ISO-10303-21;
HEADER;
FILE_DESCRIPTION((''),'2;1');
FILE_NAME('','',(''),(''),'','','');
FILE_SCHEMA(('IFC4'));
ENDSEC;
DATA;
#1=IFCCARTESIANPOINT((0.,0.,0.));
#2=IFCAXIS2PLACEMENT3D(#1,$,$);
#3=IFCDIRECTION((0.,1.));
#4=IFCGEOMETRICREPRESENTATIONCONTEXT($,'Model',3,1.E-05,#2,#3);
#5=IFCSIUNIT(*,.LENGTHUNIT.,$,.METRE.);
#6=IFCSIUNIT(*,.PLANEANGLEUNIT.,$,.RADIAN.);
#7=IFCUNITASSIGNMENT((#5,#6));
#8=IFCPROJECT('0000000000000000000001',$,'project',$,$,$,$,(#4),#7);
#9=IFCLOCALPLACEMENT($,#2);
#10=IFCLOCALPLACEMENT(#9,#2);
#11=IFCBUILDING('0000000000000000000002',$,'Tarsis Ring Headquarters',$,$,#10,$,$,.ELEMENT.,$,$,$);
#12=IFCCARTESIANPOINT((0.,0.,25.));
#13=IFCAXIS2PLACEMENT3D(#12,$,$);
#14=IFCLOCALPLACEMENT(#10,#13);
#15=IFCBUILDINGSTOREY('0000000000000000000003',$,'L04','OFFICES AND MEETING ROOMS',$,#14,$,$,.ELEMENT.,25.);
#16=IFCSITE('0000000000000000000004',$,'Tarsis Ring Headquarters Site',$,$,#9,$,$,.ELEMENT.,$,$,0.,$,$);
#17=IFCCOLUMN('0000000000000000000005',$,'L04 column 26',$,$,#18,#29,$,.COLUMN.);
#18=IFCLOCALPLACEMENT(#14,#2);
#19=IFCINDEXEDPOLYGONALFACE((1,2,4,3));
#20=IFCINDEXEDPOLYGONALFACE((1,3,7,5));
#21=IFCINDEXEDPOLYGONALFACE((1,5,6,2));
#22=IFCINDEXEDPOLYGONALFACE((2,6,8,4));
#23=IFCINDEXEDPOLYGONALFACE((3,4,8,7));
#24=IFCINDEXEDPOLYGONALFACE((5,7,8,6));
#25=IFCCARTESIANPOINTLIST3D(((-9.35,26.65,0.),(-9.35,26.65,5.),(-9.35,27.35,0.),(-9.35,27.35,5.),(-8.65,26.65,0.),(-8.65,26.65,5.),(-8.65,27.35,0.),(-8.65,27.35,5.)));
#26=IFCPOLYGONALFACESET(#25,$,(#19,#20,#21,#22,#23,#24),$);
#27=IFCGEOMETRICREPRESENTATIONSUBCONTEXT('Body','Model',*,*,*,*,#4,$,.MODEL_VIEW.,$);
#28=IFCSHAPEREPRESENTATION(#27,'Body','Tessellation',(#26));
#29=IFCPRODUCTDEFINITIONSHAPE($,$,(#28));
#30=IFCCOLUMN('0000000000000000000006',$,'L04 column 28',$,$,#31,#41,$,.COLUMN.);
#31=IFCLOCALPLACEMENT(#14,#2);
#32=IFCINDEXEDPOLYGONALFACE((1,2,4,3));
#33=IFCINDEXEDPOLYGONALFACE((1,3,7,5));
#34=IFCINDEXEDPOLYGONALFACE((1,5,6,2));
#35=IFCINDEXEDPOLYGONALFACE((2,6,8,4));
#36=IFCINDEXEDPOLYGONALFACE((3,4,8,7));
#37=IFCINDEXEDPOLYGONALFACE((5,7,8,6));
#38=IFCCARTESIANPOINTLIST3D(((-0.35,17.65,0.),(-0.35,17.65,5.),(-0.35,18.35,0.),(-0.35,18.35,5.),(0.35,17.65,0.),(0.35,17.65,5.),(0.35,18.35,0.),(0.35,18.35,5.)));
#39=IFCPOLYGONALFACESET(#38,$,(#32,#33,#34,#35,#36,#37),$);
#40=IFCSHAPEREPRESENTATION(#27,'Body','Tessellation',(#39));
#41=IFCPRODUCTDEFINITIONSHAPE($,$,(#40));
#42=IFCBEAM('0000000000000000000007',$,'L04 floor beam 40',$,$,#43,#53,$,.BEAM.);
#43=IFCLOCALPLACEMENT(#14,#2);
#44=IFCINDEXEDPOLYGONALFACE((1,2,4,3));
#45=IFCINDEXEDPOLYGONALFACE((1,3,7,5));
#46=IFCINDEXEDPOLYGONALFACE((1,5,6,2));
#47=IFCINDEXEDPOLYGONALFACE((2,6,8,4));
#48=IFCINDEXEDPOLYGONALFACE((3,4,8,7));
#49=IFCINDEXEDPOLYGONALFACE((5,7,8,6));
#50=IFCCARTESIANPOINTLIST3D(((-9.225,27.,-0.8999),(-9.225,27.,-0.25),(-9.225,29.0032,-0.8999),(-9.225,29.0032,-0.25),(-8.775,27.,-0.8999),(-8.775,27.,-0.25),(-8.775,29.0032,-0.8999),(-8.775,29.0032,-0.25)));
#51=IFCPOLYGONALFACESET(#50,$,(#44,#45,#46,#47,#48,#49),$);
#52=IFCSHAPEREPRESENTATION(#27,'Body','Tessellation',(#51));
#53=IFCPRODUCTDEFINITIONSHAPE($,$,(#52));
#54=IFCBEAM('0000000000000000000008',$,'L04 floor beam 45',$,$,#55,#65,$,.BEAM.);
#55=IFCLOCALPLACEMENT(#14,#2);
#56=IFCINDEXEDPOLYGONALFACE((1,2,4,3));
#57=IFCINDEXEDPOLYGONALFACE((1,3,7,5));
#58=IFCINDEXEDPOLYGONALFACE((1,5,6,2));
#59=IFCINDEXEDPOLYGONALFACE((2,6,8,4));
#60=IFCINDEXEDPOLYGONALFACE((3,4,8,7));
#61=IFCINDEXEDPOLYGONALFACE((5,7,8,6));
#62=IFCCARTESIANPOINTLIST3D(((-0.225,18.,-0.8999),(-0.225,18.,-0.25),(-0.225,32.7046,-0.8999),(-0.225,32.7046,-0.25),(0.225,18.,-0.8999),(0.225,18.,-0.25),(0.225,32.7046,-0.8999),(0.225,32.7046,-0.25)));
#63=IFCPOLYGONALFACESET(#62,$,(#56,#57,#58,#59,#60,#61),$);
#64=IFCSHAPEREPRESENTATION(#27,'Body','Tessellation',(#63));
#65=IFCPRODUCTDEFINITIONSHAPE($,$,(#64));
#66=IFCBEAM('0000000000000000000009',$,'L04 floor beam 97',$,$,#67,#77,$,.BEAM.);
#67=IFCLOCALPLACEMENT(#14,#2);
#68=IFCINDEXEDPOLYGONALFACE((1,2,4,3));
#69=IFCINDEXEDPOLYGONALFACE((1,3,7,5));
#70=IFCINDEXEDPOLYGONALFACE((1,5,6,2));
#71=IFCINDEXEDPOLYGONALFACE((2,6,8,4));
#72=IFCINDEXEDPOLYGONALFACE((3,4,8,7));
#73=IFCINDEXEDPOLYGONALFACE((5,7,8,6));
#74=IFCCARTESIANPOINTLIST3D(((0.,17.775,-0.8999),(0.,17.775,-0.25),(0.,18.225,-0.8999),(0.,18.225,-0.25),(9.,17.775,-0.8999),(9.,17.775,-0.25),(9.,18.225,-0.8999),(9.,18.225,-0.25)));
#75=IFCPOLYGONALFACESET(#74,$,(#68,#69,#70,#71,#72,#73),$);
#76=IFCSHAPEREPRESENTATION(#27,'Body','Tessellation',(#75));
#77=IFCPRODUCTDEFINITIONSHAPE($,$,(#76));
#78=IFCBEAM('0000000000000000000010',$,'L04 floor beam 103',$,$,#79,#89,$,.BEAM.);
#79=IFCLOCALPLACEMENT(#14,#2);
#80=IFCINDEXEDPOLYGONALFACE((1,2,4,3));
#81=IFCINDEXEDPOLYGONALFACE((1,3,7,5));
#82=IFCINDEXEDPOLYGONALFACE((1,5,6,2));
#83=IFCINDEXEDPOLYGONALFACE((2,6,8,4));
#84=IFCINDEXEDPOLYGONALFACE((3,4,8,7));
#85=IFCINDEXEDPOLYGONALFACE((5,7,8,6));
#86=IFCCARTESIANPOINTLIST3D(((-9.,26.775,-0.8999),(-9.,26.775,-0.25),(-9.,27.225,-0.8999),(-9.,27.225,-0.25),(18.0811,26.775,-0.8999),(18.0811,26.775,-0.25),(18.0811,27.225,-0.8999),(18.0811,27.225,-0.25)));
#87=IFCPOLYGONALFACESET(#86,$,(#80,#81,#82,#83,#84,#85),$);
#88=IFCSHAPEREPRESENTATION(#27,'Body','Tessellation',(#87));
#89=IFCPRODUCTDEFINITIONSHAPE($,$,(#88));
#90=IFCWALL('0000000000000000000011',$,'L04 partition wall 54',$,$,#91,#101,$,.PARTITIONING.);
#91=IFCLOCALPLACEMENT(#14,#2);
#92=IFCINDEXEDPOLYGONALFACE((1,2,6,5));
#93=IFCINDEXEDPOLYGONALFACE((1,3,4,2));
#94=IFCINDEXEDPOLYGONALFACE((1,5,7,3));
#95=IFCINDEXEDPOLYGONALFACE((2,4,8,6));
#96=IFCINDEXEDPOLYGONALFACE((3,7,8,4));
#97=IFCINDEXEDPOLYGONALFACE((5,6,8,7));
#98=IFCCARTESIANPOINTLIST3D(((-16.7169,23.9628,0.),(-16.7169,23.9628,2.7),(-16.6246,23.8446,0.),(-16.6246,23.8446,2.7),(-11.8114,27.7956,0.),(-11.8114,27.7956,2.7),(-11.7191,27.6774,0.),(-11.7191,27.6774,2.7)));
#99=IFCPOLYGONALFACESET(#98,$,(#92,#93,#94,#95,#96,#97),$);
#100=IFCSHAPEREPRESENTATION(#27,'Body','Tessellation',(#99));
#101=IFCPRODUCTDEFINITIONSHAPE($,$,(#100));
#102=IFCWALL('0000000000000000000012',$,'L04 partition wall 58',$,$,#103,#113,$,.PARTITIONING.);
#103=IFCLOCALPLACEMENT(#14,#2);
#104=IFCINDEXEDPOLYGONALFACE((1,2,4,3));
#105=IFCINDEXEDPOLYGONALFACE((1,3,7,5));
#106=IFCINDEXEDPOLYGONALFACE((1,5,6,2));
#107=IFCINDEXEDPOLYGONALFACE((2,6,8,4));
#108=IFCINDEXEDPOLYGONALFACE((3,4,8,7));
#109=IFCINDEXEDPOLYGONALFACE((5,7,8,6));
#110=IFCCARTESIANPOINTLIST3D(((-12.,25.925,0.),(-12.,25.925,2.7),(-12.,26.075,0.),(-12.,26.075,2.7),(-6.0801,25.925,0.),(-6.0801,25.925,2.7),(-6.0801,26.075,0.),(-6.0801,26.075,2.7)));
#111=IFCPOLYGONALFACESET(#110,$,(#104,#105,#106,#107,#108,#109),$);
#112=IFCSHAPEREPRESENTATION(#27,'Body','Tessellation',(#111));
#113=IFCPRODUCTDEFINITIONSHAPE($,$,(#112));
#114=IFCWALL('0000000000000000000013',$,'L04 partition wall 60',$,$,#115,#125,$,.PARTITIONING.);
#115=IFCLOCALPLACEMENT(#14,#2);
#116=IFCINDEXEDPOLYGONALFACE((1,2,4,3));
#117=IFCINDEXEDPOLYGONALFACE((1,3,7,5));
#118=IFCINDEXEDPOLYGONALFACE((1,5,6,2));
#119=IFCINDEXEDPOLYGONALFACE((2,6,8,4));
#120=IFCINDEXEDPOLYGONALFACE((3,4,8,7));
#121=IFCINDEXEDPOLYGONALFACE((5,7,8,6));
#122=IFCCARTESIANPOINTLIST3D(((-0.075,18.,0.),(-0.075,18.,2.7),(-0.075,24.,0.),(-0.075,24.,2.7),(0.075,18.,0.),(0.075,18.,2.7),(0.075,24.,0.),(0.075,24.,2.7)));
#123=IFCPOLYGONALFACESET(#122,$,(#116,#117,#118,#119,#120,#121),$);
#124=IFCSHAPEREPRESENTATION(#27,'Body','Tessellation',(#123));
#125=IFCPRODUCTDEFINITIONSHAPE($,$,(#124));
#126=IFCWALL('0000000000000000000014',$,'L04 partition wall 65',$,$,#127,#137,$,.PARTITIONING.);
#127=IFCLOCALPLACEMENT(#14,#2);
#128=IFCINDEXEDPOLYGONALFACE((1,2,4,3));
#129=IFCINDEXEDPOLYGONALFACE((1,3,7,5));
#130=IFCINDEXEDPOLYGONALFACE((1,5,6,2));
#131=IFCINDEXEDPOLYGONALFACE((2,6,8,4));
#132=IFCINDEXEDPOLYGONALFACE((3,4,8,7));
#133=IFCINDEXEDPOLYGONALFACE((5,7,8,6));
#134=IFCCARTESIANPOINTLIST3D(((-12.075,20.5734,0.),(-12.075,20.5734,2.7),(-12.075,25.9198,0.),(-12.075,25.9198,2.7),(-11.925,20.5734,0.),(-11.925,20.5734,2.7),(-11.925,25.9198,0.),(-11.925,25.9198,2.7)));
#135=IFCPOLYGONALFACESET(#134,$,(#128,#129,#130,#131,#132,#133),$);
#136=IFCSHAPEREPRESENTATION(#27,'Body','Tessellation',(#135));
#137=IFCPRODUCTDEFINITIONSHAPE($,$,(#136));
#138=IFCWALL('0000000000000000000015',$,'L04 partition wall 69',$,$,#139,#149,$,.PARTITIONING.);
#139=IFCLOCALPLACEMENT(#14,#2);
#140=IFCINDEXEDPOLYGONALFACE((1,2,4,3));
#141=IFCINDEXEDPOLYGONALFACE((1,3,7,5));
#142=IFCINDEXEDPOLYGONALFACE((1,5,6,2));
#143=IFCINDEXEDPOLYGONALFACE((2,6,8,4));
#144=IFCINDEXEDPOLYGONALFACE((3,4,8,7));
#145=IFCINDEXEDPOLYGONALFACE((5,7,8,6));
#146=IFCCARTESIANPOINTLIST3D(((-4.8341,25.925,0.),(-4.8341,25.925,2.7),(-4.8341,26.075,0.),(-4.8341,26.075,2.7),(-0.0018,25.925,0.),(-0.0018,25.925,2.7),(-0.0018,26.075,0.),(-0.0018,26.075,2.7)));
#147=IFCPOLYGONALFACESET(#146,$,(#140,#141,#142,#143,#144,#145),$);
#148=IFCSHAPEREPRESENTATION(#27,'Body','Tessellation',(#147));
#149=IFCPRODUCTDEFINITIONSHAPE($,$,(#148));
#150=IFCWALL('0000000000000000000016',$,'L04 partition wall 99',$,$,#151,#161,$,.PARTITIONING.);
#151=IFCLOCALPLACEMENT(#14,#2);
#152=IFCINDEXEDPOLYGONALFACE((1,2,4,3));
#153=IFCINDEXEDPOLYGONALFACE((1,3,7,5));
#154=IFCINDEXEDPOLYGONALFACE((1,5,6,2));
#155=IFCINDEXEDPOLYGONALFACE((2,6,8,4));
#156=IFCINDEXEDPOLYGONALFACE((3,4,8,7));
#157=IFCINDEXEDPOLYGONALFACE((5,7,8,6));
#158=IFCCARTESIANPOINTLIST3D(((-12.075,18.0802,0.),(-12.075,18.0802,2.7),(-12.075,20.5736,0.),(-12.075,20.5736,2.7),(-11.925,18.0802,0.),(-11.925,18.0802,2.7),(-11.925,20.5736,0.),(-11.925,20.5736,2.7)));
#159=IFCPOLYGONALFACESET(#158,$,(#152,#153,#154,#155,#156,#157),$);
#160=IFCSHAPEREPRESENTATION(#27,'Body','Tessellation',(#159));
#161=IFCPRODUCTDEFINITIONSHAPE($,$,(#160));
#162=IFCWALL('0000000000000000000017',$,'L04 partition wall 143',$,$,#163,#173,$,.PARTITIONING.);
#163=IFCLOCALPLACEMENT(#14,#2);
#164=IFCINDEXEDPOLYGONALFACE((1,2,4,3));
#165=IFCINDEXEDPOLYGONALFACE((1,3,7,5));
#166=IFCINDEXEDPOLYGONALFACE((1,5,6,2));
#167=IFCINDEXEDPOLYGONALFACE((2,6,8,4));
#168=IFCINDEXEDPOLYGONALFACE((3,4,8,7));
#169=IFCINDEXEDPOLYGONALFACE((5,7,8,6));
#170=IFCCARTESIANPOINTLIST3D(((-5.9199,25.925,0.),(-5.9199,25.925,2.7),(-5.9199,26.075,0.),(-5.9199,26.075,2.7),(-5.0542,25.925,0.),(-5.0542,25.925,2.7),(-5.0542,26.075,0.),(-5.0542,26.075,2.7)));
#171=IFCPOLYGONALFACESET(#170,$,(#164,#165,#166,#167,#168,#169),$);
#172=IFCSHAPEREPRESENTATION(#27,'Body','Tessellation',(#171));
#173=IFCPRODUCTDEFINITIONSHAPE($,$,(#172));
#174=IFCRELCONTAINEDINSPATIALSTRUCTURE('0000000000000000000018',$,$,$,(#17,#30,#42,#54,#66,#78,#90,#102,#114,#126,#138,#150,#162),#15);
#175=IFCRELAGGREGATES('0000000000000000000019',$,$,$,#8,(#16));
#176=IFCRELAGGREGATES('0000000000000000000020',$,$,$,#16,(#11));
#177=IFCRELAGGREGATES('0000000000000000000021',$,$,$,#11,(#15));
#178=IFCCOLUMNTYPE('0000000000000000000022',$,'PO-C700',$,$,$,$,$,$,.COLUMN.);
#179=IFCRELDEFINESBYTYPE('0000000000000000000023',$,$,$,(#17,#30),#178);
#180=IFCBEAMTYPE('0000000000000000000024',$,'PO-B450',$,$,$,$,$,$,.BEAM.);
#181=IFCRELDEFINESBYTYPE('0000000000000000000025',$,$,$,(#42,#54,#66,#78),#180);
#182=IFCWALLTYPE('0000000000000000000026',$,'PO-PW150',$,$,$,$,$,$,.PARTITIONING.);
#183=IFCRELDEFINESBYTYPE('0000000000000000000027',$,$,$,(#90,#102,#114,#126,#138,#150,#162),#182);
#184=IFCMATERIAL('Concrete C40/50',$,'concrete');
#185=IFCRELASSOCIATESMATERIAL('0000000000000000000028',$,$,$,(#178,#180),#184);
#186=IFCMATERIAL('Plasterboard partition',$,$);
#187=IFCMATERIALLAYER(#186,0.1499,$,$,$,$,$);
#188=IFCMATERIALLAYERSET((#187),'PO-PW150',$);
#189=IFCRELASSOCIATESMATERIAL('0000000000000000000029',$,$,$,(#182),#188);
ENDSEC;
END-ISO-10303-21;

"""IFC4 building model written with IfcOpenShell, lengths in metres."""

from ifc_helpers import new_model, si_unit, direction, frame, frame_2d, origin, origin_2d, place, context, subcontext, project, spatial, rectangle, extrude, material, layer, layer_set, material_profile, profile_set, type_object, element, save


model = new_model("IFC4")

# Units and contexts
model_context = context("Model", 3, precision=1e-05, world=origin(), true_north=direction((0.0, 1.0)))
body_context = subcontext(model_context, "Body", "Model", "MODEL_VIEW")
ifc_project = project(units=[si_unit("LENGTHUNIT", "METRE"), si_unit("PLANEANGLEUNIT", "RADIAN")], contexts=[model_context])

# Site, building, storey
site_placement = place(None, origin())
site = spatial("IfcSite", under=ifc_project, at=site_placement, Name="Tarsis Ring Headquarters Site", CompositionType="ELEMENT", RefElevation=0.0)
building_placement = place(site_placement, origin())
building = spatial("IfcBuilding", under=site, at=building_placement, Name="Tarsis Ring Headquarters", CompositionType="ELEMENT")
storey_placement = place(building_placement, frame((0.0, 0.0, 25.0)))
storey = spatial("IfcBuildingStorey", under=building, at=storey_placement, Name="L04", Description="OFFICES AND MEETING ROOMS", CompositionType="ELEMENT", Elevation=25.0)

# Columns
ifc_material_1 = material(Name="Concrete C40/50", Category="concrete")
ifc_material_profile_1 = material_profile(ifc_material_1, rectangle(XDim=0.7, YDim=0.7, at=origin_2d()), Name="PO-C700")
ifc_profile_set_1 = profile_set([ifc_material_profile_1], Name="Concrete C40/50")
column_type = type_object("IfcColumnType", Name="PO-C700", PredefinedType="COLUMN", material=ifc_profile_set_1)
for number, where, z_axis, x_axis, name in (
    (1, (-9.0, 27.0, 0.0), (0.0, 0.0, 1.0), (1.0, 0.0, 0.0), "L04 column 26"),
    (2, (0.0, 18.0, 0.0), (0.0, 0.0, 1.0), (1.0, 0.0, 0.0), "L04 column 28"),
):
    element("IfcColumn", number, at=place(storey_placement, frame(where, z_axis=z_axis, x_axis=x_axis)), inside=storey, type_object=column_type, Name=name, PredefinedType="COLUMN", context=body_context, shape_type="SweptSolid", body=[
        extrude(rectangle(XDim=0.7, YDim=0.7, at=origin_2d()), origin(), (0.0, 0.0, 1.0), 5.0),
    ])

# Beams
ifc_material_profile_2 = material_profile(ifc_material_1, rectangle(XDim=0.45, YDim=0.6499, at=origin_2d()), Name="PO-B450")
ifc_profile_set_2 = profile_set([ifc_material_profile_2], Name="Concrete C40/50")
beam_type = type_object("IfcBeamType", Name="PO-B450", PredefinedType="BEAM", material=ifc_profile_set_2)
beam_1_placement = place(storey_placement, frame((-9.0, 27.0, -0.575), z_axis=(0.0, 1.0, 0.0), x_axis=(-1.0, 0.0, 0.0)))
element("IfcBeam", 3, at=beam_1_placement, inside=storey, type_object=beam_type, Name="L04 floor beam 40", PredefinedType="BEAM", context=body_context, shape_type="SweptSolid", body=[
    extrude(rectangle(XDim=0.45, YDim=0.6499, at=origin_2d()), origin(), (0.0, 0.0, 1.0), 2.0032),
])
beam_2_placement = place(storey_placement, frame((0.0, 18.0, -0.575), z_axis=(0.0, 1.0, 0.0), x_axis=(-1.0, 0.0, 0.0)))
element("IfcBeam", 4, at=beam_2_placement, inside=storey, type_object=beam_type, Name="L04 floor beam 45", PredefinedType="BEAM", context=body_context, shape_type="SweptSolid", body=[
    extrude(rectangle(XDim=0.45, YDim=0.6499, at=origin_2d()), origin(), (0.0, 0.0, 1.0), 14.7046),
])
beam_3_placement = place(storey_placement, frame((0.0, 18.0, -0.575), z_axis=(1.0, 0.0, 0.0), x_axis=(0.0, 1.0, 0.0)))
element("IfcBeam", 5, at=beam_3_placement, inside=storey, type_object=beam_type, Name="L04 floor beam 97", PredefinedType="BEAM", context=body_context, shape_type="SweptSolid", body=[
    extrude(rectangle(XDim=0.45, YDim=0.6499, at=origin_2d()), origin(), (0.0, 0.0, 1.0), 9.0),
])
beam_4_placement = place(storey_placement, frame((-9.0, 27.0, -0.575), z_axis=(1.0, 0.0, 0.0), x_axis=(0.0, 1.0, 0.0)))
element("IfcBeam", 6, at=beam_4_placement, inside=storey, type_object=beam_type, Name="L04 floor beam 103", PredefinedType="BEAM", context=body_context, shape_type="SweptSolid", body=[
    extrude(rectangle(XDim=0.45, YDim=0.6499, at=origin_2d()), origin(), (0.0, 0.0, 1.0), 27.0811),
])

# Walls
ifc_material_2 = material(Name="Plasterboard partition")
ifc_layer_1 = layer(ifc_material_2, 0.1499)
ifc_layer_set_1 = layer_set([ifc_layer_1], Name="PO-PW150")
wall_type_1 = type_object("IfcWallType", Name="PO-PW150", PredefinedType="PARTITIONING", material=ifc_layer_set_1)
wall_1_placement = place(storey_placement, frame((-11.7651, 27.7366, 0.0), z_axis=(0.0, 0.0, 1.0), x_axis=(-0.787999, -0.615677, 0.0)))
element("IfcWall", 7, at=wall_1_placement, inside=storey, type_object=wall_type_1, Name="L04 partition wall 54", PredefinedType="PARTITIONING", context=body_context, shape_type="SweptSolid", body=[
    extrude(rectangle(XDim=6.2253, YDim=0.1499, at=frame_2d((3.1128, 0.0))), origin(), (0.0, 0.0, 1.0), 2.7),
])
wall_2_placement = place(storey_placement, frame((-6.0801, 26.0, 0.0), z_axis=(0.0, 0.0, 1.0), x_axis=(-1.0, 0.0, 0.0)))
element("IfcWall", 8, at=wall_2_placement, inside=storey, type_object=wall_type_1, Name="L04 partition wall 58", PredefinedType="PARTITIONING", context=body_context, shape_type="SweptSolid", body=[
    extrude(rectangle(XDim=5.9199, YDim=0.1499, at=frame_2d((2.96, 0.0))), origin(), (0.0, 0.0, 1.0), 2.7),
])
wall_3_placement = place(storey_placement, frame((0.0, 18.0, 0.0), z_axis=(0.0, 0.0, 1.0), x_axis=(0.0, 1.0, 0.0)))
element("IfcWall", 9, at=wall_3_placement, inside=storey, type_object=wall_type_1, Name="L04 partition wall 60", PredefinedType="PARTITIONING", context=body_context, shape_type="SweptSolid", body=[
    extrude(rectangle(XDim=6.0, YDim=0.1499, at=frame_2d((3.0, 0.0))), origin(), (0.0, 0.0, 1.0), 2.7),
])
wall_4_placement = place(storey_placement, frame((-12.0, 25.9199, 0.0), z_axis=(0.0, 0.0, 1.0), x_axis=(0.0, -1.0, 0.0)))
element("IfcWall", 10, at=wall_4_placement, inside=storey, type_object=wall_type_1, Name="L04 partition wall 65", PredefinedType="PARTITIONING", context=body_context, shape_type="SweptSolid", body=[
    extrude(rectangle(XDim=5.3464, YDim=0.1499, at=frame_2d((2.6733, 0.0))), origin(), (0.0, 0.0, 1.0), 2.7),
])
wall_5_placement = place(storey_placement, frame((-0.002, 26.0, 0.0), z_axis=(0.0, 0.0, 1.0), x_axis=(-1.0, 0.0, 0.0)))
element("IfcWall", 11, at=wall_5_placement, inside=storey, type_object=wall_type_1, Name="L04 partition wall 69", PredefinedType="PARTITIONING", context=body_context, shape_type="SweptSolid", body=[
    extrude(rectangle(XDim=4.8323, YDim=0.1499, at=frame_2d((2.416, 0.0))), origin(), (0.0, 0.0, 1.0), 2.7),
])
wall_6_placement = place(storey_placement, frame((-12.0, 20.5735, 0.0), z_axis=(0.0, 0.0, 1.0), x_axis=(0.0, -1.0, 0.0)))
element("IfcWall", 12, at=wall_6_placement, inside=storey, type_object=wall_type_1, Name="L04 partition wall 99", PredefinedType="PARTITIONING", context=body_context, shape_type="SweptSolid", body=[
    extrude(rectangle(XDim=2.4934, YDim=0.1499, at=frame_2d((1.2466, 0.0))), origin(), (0.0, 0.0, 1.0), 2.7),
])
wall_7_placement = place(storey_placement, frame((-5.0542, 26.0, 0.0), z_axis=(0.0, 0.0, 1.0), x_axis=(-1.0, 0.0, 0.0)))
element("IfcWall", 13, at=wall_7_placement, inside=storey, type_object=wall_type_1, Name="L04 partition wall 143", PredefinedType="PARTITIONING", context=body_context, shape_type="SweptSolid", body=[
    extrude(rectangle(XDim=0.8657, YDim=0.1499, at=frame_2d((0.4329, 0.0))), origin(), (0.0, 0.0, 1.0), 2.7),
])

save(model, "model.ifc")
